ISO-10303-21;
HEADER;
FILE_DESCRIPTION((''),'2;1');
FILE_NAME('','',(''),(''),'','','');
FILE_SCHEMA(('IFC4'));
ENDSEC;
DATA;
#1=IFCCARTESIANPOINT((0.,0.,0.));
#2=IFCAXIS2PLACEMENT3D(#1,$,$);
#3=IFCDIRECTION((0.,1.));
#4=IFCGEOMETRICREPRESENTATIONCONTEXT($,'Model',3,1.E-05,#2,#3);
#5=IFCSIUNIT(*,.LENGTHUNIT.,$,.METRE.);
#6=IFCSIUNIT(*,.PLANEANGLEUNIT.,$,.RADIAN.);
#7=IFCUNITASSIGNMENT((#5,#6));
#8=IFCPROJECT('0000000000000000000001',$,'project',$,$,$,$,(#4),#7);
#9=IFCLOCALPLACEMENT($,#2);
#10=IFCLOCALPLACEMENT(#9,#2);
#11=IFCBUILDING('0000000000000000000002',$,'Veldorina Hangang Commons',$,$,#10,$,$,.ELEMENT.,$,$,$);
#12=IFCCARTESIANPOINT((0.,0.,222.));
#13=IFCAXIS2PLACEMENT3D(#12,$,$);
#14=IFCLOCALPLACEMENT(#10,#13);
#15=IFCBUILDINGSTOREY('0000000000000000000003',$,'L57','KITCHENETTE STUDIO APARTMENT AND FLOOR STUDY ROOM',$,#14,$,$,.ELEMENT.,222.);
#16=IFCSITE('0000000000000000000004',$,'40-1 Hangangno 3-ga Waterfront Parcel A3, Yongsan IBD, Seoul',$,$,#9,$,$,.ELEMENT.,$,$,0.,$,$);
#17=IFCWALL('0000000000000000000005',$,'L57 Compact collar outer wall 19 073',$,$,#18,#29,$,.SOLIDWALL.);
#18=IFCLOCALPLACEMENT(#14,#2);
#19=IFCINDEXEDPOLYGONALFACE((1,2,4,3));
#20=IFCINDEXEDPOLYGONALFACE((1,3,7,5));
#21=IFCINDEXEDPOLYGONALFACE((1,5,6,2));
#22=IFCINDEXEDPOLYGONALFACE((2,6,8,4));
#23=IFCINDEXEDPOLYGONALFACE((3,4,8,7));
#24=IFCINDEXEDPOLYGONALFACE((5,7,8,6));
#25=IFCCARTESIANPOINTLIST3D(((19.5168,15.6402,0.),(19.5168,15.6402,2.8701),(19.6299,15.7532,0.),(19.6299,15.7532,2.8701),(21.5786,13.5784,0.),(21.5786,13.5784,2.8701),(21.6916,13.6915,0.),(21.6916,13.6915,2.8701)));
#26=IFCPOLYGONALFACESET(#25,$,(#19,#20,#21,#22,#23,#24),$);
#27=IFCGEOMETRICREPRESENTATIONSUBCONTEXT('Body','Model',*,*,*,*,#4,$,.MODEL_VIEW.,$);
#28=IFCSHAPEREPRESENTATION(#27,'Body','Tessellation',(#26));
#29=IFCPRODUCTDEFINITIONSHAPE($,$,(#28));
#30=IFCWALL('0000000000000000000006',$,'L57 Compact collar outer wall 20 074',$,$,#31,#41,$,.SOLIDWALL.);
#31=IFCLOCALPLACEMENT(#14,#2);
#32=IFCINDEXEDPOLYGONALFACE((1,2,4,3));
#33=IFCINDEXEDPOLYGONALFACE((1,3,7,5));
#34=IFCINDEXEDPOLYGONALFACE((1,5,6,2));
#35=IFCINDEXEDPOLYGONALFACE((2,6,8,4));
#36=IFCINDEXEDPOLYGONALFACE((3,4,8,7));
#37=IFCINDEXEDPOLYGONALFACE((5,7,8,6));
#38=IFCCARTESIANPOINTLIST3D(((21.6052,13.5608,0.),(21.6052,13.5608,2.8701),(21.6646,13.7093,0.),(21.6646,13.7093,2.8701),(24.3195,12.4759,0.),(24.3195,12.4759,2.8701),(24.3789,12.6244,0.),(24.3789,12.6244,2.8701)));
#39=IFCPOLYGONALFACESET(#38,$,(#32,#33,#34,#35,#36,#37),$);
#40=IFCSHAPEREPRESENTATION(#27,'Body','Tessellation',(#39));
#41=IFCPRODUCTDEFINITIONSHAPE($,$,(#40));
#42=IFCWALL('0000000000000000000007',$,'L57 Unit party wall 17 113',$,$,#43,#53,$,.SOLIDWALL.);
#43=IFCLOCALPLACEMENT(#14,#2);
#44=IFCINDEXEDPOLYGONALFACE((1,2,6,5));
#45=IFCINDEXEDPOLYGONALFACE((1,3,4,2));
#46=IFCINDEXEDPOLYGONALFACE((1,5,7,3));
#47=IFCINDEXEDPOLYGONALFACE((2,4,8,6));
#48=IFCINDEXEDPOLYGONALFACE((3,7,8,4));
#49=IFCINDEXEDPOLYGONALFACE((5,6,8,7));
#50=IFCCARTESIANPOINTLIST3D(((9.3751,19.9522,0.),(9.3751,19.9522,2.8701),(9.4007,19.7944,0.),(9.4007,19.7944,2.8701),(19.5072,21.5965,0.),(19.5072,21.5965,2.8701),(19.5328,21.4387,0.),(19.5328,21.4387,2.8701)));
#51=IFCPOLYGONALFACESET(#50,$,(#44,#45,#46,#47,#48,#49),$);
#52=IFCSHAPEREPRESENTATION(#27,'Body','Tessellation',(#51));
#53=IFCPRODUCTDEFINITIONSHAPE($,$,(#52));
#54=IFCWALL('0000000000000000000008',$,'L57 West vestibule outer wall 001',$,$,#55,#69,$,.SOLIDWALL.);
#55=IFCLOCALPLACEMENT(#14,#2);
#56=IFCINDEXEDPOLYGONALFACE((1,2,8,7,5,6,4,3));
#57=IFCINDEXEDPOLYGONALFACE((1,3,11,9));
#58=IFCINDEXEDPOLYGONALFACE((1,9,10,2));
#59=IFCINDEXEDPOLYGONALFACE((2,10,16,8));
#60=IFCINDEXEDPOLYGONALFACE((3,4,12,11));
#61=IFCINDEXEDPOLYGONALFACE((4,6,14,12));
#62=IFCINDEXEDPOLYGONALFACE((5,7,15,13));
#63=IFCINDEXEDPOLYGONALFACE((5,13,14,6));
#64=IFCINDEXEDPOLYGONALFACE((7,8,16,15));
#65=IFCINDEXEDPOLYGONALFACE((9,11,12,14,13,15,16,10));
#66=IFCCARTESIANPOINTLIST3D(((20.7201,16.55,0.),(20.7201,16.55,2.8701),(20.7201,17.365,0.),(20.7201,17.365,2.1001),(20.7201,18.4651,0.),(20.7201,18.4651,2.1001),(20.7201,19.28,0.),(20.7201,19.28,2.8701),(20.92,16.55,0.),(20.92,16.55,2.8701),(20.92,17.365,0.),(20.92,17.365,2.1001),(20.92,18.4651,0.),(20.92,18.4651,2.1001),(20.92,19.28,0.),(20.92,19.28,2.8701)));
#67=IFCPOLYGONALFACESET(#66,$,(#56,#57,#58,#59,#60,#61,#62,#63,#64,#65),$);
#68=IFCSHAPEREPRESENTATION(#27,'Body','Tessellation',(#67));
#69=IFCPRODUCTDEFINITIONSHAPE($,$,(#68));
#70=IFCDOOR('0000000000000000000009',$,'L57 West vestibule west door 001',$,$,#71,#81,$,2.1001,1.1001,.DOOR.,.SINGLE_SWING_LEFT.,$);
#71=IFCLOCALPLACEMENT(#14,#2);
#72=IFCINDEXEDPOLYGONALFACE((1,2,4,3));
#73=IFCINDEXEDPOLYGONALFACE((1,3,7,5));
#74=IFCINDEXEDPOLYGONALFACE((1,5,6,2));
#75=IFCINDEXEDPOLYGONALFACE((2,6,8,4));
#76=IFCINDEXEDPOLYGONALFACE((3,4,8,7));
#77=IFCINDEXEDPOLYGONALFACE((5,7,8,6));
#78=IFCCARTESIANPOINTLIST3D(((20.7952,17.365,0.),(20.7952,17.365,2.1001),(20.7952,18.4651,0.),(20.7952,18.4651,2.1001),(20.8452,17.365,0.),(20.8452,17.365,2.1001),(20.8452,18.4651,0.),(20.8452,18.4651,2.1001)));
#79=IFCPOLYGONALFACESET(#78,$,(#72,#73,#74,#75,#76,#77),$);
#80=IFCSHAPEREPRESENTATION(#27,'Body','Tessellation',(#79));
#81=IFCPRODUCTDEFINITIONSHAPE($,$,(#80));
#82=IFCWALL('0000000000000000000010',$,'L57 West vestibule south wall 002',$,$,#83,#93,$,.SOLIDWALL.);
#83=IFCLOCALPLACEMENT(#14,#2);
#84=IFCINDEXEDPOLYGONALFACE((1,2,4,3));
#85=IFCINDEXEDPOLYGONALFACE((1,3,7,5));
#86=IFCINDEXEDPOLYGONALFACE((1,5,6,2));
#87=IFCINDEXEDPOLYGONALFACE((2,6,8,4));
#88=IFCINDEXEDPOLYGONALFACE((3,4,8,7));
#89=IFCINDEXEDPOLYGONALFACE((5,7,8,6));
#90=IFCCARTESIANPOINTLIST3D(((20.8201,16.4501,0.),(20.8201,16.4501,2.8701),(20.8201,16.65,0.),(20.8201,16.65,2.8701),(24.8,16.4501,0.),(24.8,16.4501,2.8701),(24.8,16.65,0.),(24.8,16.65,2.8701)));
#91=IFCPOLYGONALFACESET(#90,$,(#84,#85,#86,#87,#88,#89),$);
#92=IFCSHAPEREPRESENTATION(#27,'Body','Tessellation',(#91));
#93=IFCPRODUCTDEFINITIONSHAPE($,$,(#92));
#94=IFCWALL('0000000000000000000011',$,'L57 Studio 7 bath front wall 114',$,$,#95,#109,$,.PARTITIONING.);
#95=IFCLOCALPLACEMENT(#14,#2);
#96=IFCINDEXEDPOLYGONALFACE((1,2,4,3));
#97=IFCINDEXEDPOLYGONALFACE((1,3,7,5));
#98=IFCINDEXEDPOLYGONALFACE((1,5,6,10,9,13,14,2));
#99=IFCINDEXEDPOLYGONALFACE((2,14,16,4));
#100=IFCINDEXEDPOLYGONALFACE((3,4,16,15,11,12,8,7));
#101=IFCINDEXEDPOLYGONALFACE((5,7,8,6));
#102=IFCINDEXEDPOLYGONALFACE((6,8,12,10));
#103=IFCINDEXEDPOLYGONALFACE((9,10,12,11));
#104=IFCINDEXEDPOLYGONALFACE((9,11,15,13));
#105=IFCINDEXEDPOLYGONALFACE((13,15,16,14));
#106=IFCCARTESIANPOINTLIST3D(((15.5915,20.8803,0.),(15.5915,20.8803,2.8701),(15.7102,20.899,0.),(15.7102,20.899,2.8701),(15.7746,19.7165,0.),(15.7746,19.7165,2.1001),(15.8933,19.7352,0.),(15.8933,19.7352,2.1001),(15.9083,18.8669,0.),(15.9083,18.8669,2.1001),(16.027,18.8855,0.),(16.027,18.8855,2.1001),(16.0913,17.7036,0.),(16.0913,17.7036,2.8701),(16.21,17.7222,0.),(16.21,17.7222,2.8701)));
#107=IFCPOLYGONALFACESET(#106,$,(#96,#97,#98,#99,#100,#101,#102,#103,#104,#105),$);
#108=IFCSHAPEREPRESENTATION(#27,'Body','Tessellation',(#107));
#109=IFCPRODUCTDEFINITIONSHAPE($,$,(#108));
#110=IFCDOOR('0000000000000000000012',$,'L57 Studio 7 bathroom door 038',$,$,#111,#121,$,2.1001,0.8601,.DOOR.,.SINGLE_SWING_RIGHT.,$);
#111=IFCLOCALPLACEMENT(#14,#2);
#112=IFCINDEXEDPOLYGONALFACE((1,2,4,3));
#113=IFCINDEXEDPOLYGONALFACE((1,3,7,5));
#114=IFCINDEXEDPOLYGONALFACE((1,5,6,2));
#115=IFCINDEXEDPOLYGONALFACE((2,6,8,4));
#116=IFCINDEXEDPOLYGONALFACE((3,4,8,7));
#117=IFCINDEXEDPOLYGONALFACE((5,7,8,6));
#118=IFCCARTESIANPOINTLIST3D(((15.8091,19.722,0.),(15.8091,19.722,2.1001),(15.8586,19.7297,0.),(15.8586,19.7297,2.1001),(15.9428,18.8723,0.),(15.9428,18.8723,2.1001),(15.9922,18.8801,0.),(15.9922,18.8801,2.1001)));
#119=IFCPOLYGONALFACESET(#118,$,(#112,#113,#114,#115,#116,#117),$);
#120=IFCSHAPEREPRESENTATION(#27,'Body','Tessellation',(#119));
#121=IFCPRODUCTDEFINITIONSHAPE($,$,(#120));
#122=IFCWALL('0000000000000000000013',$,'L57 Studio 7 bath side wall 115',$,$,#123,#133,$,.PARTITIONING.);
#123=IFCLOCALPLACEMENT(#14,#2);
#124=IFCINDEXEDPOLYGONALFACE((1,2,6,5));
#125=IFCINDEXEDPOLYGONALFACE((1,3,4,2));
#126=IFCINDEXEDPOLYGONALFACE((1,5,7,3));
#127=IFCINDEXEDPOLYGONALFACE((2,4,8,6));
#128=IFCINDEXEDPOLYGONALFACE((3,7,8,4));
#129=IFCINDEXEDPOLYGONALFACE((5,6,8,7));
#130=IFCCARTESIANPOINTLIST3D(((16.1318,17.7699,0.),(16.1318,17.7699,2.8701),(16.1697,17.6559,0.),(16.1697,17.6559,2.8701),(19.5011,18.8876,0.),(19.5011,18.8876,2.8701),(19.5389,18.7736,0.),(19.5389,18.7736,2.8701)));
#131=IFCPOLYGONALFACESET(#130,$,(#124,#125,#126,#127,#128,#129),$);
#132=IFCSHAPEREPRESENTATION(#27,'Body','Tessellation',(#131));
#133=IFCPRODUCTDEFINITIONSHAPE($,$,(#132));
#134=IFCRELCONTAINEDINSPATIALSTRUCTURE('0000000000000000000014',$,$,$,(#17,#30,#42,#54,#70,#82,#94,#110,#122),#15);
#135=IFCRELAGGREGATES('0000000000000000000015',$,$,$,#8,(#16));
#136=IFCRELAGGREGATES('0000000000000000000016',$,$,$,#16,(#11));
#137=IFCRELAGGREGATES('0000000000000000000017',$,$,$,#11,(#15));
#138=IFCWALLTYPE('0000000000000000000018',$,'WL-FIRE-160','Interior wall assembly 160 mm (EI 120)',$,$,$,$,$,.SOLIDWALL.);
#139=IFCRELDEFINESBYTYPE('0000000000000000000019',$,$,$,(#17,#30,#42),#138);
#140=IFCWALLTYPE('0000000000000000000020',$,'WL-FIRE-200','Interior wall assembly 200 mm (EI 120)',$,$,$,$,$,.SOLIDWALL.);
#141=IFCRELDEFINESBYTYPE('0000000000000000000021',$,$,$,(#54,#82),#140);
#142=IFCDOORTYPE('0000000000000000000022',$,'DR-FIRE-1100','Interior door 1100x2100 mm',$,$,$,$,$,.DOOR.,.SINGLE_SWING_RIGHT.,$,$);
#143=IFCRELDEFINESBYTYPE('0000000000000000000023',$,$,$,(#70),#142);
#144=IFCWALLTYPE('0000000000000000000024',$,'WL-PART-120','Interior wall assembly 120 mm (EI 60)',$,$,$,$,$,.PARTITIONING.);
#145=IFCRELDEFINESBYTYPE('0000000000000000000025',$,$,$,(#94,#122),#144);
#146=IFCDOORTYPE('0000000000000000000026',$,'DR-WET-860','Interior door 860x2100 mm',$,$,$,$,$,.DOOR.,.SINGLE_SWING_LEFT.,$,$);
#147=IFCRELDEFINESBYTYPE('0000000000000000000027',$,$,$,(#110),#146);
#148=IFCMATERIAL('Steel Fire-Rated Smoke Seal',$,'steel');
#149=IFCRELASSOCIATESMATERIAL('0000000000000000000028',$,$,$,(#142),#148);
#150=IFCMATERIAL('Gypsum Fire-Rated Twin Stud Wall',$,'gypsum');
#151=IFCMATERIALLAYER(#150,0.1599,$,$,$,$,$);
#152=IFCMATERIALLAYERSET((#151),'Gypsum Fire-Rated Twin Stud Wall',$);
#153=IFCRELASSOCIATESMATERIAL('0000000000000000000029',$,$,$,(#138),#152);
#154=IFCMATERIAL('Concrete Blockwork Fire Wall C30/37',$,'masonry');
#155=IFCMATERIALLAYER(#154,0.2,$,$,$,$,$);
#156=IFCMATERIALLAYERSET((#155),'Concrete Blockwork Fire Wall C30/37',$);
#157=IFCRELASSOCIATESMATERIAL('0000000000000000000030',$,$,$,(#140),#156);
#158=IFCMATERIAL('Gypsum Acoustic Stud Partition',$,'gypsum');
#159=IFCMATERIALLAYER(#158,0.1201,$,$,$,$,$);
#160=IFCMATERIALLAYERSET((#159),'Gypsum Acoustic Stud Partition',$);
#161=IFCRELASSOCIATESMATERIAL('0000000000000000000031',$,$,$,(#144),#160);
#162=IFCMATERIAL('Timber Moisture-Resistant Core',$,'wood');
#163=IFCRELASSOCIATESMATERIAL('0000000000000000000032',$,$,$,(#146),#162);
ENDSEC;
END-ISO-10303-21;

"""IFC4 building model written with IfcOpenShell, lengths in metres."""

from ifc_helpers import new_model, si_unit, direction, frame, frame_2d, origin, place, context, subcontext, project, spatial, rectangle, extrude, material, layer, layer_set, type_object, element, fill, save


model = new_model("IFC4")

# Units and contexts
model_context = context("Model", 3, precision=1e-05, world=origin(), true_north=direction((0.0, 1.0)))
body_context = subcontext(model_context, "Body", "Model", "MODEL_VIEW")
ifc_project = project(units=[si_unit("LENGTHUNIT", "METRE"), si_unit("PLANEANGLEUNIT", "RADIAN")], contexts=[model_context])

# Site, building, storey
site_placement = place(None, origin())
site = spatial("IfcSite", under=ifc_project, at=site_placement, Name="40-1 Hangangno 3-ga Waterfront Parcel A3, Yongsan IBD, Seoul", CompositionType="ELEMENT", RefElevation=0.0)
building_placement = place(site_placement, origin())
building = spatial("IfcBuilding", under=site, at=building_placement, Name="Veldorina Hangang Commons", CompositionType="ELEMENT")
storey_placement = place(building_placement, frame((0.0, 0.0, 222.0)))
storey = spatial("IfcBuildingStorey", under=building, at=storey_placement, Name="L57", Description="KITCHENETTE STUDIO APARTMENT AND FLOOR STUDY ROOM", CompositionType="ELEMENT", Elevation=222.0)

# Shared definitions
ifc_material_1 = material(Name="Steel Fire-Rated Smoke Seal", Category="steel")
door_type_1 = type_object("IfcDoorType", Name="DR-FIRE-1100", Description="Interior door 1100x2100 mm", OperationType="SINGLE_SWING_RIGHT", PredefinedType="DOOR", material=ifc_material_1)

# Shared definitions
ifc_material_2 = material(Name="Gypsum Fire-Rated Twin Stud Wall", Category="gypsum")
ifc_layer_1 = layer(ifc_material_2, 0.1599)
ifc_layer_set_1 = layer_set([ifc_layer_1], Name="Gypsum Fire-Rated Twin Stud Wall")
wall_type_1 = type_object("IfcWallType", Name="WL-FIRE-160", Description="Interior wall assembly 160 mm (EI 120)", PredefinedType="SOLIDWALL", material=ifc_layer_set_1)

# Walls
wall_1_placement = place(storey_placement, frame((19.5732, 15.6968, 0.0), z_axis=(0.0, 0.0, 1.0), x_axis=(0.707107, -0.707107, 0.0)))
element("IfcWall", 1, at=wall_1_placement, inside=storey, type_object=wall_type_1, Name="L57 Compact collar outer wall 19 073", PredefinedType="SOLIDWALL", context=body_context, shape_type="SweptSolid", body=[
    extrude(rectangle(XDim=2.9158, YDim=0.1599, at=frame_2d((1.458, 0.0))), origin(), (0.0, 0.0, 1.0), 2.8701),
])
wall_2_placement = place(storey_placement, frame((21.635, 13.635, 0.0), z_axis=(0.0, 0.0, 1.0), x_axis=(0.928569, -0.37116, 0.0)))
element("IfcWall", 2, at=wall_2_placement, inside=storey, type_object=wall_type_1, Name="L57 Compact collar outer wall 20 074", PredefinedType="SOLIDWALL", context=body_context, shape_type="SweptSolid", body=[
    extrude(rectangle(XDim=2.9231, YDim=0.1599, at=frame_2d((1.4614, 0.0))), origin(), (0.0, 0.0, 1.0), 2.8701),
])
wall_3_placement = place(storey_placement, frame((19.52, 21.5176, 0.0), z_axis=(0.0, 0.0, 1.0), x_axis=(-0.987086, -0.16019, 0.0)))
element("IfcWall", 3, at=wall_3_placement, inside=storey, type_object=wall_type_1, Name="L57 Unit party wall 17 113", PredefinedType="SOLIDWALL", context=body_context, shape_type="SweptSolid", body=[
    extrude(rectangle(XDim=10.2646, YDim=0.1599, at=frame_2d((5.1323, 0.0))), origin(), (0.0, 0.0, 1.0), 2.8701),
])

# Wall, opening, door
ifc_material_3 = material(Name="Concrete Blockwork Fire Wall C30/37", Category="masonry")
ifc_layer_2 = layer(ifc_material_3, 0.2)
ifc_layer_set_2 = layer_set([ifc_layer_2], Name="Concrete Blockwork Fire Wall C30/37")
wall_type_2 = type_object("IfcWallType", Name="WL-FIRE-200", Description="Interior wall assembly 200 mm (EI 120)", PredefinedType="SOLIDWALL", material=ifc_layer_set_2)
wall_4_placement = place(storey_placement, frame((20.8201, 16.55, 0.0), z_axis=(0.0, 0.0, 1.0), x_axis=(0.0, 1.0, 0.0)))
wall_4 = element("IfcWall", 4, at=wall_4_placement, inside=storey, type_object=wall_type_2, Name="L57 West vestibule outer wall 001", PredefinedType="SOLIDWALL", context=body_context, shape_type="SweptSolid", body=[
    extrude(rectangle(XDim=2.73, YDim=0.2, at=frame_2d((1.365, 0.0))), origin(), (0.0, 0.0, 1.0), 2.8701),
])
opening_1_placement = place(wall_4_placement, frame((0.8149, 0.0, 0.0)))
opening_1 = element("IfcOpeningElement", 5, at=opening_1_placement, cuts=wall_4, PredefinedType="OPENING", context=body_context, shape_type="SweptSolid", body=[
    extrude(rectangle(XDim=1.1001, YDim=2.1001, at=frame_2d((0.55, 1.05))), frame((0.0, 0.1099, 0.0), z_axis=(0.0, -1.0, 0.0), x_axis=(1.0, 0.0, 0.0)), (0.0, 0.0, 1.0), 0.22),
])
door_1_placement = place(opening_1_placement, origin())
door_1 = element("IfcDoor", 6, at=door_1_placement, inside=storey, type_object=door_type_1, Name="L57 West vestibule west door 001", OperationType="SINGLE_SWING_LEFT", OverallHeight=2.1001, OverallWidth=1.1001, PredefinedType="DOOR", context=body_context, shape_type="SweptSolid", body=[
    extrude(rectangle(XDim=1.1001, YDim=2.1001, at=frame_2d((0.55, 1.05))), frame((0.0, 0.0249, 0.0), z_axis=(0.0, -1.0, 0.0), x_axis=(1.0, 0.0, 0.0)), (0.0, 0.0, 1.0), 0.05),
])
fill(opening_1, door_1)

# Wall
wall_5_placement = place(storey_placement, frame((20.8201, 16.55, 0.0), z_axis=(0.0, 0.0, 1.0), x_axis=(1.0, 0.0, 0.0)))
element("IfcWall", 7, at=wall_5_placement, inside=storey, type_object=wall_type_2, Name="L57 West vestibule south wall 002", PredefinedType="SOLIDWALL", context=body_context, shape_type="SweptSolid", body=[
    extrude(rectangle(XDim=3.98, YDim=0.2, at=frame_2d((1.99, 0.0))), origin(), (0.0, 0.0, 1.0), 2.8701),
])

# Wall, opening, door
ifc_material_4 = material(Name="Gypsum Acoustic Stud Partition", Category="gypsum")
ifc_layer_3 = layer(ifc_material_4, 0.1201)
ifc_layer_set_3 = layer_set([ifc_layer_3], Name="Gypsum Acoustic Stud Partition")
wall_type_3 = type_object("IfcWallType", Name="WL-PART-120", Description="Interior wall assembly 120 mm (EI 60)", PredefinedType="PARTITIONING", material=ifc_layer_set_3)
wall_6_placement = place(storey_placement, frame((15.6509, 20.8896, 0.0), z_axis=(0.0, 0.0, 1.0), x_axis=(0.155405, -0.987851, 0.0)))
wall_6 = element("IfcWall", 8, at=wall_6_placement, inside=storey, type_object=wall_type_3, Name="L57 Studio 7 bath front wall 114", PredefinedType="PARTITIONING", context=body_context, shape_type="SweptSolid", body=[
    extrude(rectangle(XDim=3.2158, YDim=0.1201, at=frame_2d((1.6079, 0.0))), origin(), (0.0, 0.0, 1.0), 2.8701),
])
opening_2_placement = place(wall_6_placement, frame((1.178, 0.0, 0.0)))
opening_2 = element("IfcOpeningElement", 9, at=opening_2_placement, cuts=wall_6, PredefinedType="OPENING", context=body_context, shape_type="SweptSolid", body=[
    extrude(rectangle(XDim=0.8601, YDim=2.1001, at=frame_2d((0.4302, 1.05))), frame((0.0, 0.0701, 0.0), z_axis=(0.0, -1.0, 0.0), x_axis=(1.0, 0.0, 0.0)), (0.0, 0.0, 1.0), 0.1401),
])
ifc_material_5 = material(Name="Timber Moisture-Resistant Core", Category="wood")
door_type_2 = type_object("IfcDoorType", Name="DR-WET-860", Description="Interior door 860x2100 mm", OperationType="SINGLE_SWING_LEFT", PredefinedType="DOOR", material=ifc_material_5)
door_2_placement = place(opening_2_placement, origin())
door_2 = element("IfcDoor", 10, at=door_2_placement, inside=storey, type_object=door_type_2, Name="L57 Studio 7 bathroom door 038", OperationType="SINGLE_SWING_RIGHT", OverallHeight=2.1001, OverallWidth=0.8601, PredefinedType="DOOR", context=body_context, shape_type="SweptSolid", body=[
    extrude(rectangle(XDim=0.8601, YDim=2.1001, at=frame_2d((0.4302, 1.05))), frame((0.0, 0.0249, 0.0), z_axis=(0.0, -1.0, 0.0), x_axis=(1.0, 0.0, 0.0)), (0.0, 0.0, 1.0), 0.05),
])
fill(opening_2, door_2)

# Wall
wall_7_placement = place(storey_placement, frame((19.52, 18.8306, 0.0), z_axis=(0.0, 0.0, 1.0), x_axis=(-0.949143, -0.314845, 0.0)))
element("IfcWall", 11, at=wall_7_placement, inside=storey, type_object=wall_type_3, Name="L57 Studio 7 bath side wall 115", PredefinedType="PARTITIONING", context=body_context, shape_type="SweptSolid", body=[
    extrude(rectangle(XDim=3.5498, YDim=0.1201, at=frame_2d((1.7749, 0.0))), origin(), (0.0, 0.0, 1.0), 2.8701),
])

save(model, "model.ifc")
